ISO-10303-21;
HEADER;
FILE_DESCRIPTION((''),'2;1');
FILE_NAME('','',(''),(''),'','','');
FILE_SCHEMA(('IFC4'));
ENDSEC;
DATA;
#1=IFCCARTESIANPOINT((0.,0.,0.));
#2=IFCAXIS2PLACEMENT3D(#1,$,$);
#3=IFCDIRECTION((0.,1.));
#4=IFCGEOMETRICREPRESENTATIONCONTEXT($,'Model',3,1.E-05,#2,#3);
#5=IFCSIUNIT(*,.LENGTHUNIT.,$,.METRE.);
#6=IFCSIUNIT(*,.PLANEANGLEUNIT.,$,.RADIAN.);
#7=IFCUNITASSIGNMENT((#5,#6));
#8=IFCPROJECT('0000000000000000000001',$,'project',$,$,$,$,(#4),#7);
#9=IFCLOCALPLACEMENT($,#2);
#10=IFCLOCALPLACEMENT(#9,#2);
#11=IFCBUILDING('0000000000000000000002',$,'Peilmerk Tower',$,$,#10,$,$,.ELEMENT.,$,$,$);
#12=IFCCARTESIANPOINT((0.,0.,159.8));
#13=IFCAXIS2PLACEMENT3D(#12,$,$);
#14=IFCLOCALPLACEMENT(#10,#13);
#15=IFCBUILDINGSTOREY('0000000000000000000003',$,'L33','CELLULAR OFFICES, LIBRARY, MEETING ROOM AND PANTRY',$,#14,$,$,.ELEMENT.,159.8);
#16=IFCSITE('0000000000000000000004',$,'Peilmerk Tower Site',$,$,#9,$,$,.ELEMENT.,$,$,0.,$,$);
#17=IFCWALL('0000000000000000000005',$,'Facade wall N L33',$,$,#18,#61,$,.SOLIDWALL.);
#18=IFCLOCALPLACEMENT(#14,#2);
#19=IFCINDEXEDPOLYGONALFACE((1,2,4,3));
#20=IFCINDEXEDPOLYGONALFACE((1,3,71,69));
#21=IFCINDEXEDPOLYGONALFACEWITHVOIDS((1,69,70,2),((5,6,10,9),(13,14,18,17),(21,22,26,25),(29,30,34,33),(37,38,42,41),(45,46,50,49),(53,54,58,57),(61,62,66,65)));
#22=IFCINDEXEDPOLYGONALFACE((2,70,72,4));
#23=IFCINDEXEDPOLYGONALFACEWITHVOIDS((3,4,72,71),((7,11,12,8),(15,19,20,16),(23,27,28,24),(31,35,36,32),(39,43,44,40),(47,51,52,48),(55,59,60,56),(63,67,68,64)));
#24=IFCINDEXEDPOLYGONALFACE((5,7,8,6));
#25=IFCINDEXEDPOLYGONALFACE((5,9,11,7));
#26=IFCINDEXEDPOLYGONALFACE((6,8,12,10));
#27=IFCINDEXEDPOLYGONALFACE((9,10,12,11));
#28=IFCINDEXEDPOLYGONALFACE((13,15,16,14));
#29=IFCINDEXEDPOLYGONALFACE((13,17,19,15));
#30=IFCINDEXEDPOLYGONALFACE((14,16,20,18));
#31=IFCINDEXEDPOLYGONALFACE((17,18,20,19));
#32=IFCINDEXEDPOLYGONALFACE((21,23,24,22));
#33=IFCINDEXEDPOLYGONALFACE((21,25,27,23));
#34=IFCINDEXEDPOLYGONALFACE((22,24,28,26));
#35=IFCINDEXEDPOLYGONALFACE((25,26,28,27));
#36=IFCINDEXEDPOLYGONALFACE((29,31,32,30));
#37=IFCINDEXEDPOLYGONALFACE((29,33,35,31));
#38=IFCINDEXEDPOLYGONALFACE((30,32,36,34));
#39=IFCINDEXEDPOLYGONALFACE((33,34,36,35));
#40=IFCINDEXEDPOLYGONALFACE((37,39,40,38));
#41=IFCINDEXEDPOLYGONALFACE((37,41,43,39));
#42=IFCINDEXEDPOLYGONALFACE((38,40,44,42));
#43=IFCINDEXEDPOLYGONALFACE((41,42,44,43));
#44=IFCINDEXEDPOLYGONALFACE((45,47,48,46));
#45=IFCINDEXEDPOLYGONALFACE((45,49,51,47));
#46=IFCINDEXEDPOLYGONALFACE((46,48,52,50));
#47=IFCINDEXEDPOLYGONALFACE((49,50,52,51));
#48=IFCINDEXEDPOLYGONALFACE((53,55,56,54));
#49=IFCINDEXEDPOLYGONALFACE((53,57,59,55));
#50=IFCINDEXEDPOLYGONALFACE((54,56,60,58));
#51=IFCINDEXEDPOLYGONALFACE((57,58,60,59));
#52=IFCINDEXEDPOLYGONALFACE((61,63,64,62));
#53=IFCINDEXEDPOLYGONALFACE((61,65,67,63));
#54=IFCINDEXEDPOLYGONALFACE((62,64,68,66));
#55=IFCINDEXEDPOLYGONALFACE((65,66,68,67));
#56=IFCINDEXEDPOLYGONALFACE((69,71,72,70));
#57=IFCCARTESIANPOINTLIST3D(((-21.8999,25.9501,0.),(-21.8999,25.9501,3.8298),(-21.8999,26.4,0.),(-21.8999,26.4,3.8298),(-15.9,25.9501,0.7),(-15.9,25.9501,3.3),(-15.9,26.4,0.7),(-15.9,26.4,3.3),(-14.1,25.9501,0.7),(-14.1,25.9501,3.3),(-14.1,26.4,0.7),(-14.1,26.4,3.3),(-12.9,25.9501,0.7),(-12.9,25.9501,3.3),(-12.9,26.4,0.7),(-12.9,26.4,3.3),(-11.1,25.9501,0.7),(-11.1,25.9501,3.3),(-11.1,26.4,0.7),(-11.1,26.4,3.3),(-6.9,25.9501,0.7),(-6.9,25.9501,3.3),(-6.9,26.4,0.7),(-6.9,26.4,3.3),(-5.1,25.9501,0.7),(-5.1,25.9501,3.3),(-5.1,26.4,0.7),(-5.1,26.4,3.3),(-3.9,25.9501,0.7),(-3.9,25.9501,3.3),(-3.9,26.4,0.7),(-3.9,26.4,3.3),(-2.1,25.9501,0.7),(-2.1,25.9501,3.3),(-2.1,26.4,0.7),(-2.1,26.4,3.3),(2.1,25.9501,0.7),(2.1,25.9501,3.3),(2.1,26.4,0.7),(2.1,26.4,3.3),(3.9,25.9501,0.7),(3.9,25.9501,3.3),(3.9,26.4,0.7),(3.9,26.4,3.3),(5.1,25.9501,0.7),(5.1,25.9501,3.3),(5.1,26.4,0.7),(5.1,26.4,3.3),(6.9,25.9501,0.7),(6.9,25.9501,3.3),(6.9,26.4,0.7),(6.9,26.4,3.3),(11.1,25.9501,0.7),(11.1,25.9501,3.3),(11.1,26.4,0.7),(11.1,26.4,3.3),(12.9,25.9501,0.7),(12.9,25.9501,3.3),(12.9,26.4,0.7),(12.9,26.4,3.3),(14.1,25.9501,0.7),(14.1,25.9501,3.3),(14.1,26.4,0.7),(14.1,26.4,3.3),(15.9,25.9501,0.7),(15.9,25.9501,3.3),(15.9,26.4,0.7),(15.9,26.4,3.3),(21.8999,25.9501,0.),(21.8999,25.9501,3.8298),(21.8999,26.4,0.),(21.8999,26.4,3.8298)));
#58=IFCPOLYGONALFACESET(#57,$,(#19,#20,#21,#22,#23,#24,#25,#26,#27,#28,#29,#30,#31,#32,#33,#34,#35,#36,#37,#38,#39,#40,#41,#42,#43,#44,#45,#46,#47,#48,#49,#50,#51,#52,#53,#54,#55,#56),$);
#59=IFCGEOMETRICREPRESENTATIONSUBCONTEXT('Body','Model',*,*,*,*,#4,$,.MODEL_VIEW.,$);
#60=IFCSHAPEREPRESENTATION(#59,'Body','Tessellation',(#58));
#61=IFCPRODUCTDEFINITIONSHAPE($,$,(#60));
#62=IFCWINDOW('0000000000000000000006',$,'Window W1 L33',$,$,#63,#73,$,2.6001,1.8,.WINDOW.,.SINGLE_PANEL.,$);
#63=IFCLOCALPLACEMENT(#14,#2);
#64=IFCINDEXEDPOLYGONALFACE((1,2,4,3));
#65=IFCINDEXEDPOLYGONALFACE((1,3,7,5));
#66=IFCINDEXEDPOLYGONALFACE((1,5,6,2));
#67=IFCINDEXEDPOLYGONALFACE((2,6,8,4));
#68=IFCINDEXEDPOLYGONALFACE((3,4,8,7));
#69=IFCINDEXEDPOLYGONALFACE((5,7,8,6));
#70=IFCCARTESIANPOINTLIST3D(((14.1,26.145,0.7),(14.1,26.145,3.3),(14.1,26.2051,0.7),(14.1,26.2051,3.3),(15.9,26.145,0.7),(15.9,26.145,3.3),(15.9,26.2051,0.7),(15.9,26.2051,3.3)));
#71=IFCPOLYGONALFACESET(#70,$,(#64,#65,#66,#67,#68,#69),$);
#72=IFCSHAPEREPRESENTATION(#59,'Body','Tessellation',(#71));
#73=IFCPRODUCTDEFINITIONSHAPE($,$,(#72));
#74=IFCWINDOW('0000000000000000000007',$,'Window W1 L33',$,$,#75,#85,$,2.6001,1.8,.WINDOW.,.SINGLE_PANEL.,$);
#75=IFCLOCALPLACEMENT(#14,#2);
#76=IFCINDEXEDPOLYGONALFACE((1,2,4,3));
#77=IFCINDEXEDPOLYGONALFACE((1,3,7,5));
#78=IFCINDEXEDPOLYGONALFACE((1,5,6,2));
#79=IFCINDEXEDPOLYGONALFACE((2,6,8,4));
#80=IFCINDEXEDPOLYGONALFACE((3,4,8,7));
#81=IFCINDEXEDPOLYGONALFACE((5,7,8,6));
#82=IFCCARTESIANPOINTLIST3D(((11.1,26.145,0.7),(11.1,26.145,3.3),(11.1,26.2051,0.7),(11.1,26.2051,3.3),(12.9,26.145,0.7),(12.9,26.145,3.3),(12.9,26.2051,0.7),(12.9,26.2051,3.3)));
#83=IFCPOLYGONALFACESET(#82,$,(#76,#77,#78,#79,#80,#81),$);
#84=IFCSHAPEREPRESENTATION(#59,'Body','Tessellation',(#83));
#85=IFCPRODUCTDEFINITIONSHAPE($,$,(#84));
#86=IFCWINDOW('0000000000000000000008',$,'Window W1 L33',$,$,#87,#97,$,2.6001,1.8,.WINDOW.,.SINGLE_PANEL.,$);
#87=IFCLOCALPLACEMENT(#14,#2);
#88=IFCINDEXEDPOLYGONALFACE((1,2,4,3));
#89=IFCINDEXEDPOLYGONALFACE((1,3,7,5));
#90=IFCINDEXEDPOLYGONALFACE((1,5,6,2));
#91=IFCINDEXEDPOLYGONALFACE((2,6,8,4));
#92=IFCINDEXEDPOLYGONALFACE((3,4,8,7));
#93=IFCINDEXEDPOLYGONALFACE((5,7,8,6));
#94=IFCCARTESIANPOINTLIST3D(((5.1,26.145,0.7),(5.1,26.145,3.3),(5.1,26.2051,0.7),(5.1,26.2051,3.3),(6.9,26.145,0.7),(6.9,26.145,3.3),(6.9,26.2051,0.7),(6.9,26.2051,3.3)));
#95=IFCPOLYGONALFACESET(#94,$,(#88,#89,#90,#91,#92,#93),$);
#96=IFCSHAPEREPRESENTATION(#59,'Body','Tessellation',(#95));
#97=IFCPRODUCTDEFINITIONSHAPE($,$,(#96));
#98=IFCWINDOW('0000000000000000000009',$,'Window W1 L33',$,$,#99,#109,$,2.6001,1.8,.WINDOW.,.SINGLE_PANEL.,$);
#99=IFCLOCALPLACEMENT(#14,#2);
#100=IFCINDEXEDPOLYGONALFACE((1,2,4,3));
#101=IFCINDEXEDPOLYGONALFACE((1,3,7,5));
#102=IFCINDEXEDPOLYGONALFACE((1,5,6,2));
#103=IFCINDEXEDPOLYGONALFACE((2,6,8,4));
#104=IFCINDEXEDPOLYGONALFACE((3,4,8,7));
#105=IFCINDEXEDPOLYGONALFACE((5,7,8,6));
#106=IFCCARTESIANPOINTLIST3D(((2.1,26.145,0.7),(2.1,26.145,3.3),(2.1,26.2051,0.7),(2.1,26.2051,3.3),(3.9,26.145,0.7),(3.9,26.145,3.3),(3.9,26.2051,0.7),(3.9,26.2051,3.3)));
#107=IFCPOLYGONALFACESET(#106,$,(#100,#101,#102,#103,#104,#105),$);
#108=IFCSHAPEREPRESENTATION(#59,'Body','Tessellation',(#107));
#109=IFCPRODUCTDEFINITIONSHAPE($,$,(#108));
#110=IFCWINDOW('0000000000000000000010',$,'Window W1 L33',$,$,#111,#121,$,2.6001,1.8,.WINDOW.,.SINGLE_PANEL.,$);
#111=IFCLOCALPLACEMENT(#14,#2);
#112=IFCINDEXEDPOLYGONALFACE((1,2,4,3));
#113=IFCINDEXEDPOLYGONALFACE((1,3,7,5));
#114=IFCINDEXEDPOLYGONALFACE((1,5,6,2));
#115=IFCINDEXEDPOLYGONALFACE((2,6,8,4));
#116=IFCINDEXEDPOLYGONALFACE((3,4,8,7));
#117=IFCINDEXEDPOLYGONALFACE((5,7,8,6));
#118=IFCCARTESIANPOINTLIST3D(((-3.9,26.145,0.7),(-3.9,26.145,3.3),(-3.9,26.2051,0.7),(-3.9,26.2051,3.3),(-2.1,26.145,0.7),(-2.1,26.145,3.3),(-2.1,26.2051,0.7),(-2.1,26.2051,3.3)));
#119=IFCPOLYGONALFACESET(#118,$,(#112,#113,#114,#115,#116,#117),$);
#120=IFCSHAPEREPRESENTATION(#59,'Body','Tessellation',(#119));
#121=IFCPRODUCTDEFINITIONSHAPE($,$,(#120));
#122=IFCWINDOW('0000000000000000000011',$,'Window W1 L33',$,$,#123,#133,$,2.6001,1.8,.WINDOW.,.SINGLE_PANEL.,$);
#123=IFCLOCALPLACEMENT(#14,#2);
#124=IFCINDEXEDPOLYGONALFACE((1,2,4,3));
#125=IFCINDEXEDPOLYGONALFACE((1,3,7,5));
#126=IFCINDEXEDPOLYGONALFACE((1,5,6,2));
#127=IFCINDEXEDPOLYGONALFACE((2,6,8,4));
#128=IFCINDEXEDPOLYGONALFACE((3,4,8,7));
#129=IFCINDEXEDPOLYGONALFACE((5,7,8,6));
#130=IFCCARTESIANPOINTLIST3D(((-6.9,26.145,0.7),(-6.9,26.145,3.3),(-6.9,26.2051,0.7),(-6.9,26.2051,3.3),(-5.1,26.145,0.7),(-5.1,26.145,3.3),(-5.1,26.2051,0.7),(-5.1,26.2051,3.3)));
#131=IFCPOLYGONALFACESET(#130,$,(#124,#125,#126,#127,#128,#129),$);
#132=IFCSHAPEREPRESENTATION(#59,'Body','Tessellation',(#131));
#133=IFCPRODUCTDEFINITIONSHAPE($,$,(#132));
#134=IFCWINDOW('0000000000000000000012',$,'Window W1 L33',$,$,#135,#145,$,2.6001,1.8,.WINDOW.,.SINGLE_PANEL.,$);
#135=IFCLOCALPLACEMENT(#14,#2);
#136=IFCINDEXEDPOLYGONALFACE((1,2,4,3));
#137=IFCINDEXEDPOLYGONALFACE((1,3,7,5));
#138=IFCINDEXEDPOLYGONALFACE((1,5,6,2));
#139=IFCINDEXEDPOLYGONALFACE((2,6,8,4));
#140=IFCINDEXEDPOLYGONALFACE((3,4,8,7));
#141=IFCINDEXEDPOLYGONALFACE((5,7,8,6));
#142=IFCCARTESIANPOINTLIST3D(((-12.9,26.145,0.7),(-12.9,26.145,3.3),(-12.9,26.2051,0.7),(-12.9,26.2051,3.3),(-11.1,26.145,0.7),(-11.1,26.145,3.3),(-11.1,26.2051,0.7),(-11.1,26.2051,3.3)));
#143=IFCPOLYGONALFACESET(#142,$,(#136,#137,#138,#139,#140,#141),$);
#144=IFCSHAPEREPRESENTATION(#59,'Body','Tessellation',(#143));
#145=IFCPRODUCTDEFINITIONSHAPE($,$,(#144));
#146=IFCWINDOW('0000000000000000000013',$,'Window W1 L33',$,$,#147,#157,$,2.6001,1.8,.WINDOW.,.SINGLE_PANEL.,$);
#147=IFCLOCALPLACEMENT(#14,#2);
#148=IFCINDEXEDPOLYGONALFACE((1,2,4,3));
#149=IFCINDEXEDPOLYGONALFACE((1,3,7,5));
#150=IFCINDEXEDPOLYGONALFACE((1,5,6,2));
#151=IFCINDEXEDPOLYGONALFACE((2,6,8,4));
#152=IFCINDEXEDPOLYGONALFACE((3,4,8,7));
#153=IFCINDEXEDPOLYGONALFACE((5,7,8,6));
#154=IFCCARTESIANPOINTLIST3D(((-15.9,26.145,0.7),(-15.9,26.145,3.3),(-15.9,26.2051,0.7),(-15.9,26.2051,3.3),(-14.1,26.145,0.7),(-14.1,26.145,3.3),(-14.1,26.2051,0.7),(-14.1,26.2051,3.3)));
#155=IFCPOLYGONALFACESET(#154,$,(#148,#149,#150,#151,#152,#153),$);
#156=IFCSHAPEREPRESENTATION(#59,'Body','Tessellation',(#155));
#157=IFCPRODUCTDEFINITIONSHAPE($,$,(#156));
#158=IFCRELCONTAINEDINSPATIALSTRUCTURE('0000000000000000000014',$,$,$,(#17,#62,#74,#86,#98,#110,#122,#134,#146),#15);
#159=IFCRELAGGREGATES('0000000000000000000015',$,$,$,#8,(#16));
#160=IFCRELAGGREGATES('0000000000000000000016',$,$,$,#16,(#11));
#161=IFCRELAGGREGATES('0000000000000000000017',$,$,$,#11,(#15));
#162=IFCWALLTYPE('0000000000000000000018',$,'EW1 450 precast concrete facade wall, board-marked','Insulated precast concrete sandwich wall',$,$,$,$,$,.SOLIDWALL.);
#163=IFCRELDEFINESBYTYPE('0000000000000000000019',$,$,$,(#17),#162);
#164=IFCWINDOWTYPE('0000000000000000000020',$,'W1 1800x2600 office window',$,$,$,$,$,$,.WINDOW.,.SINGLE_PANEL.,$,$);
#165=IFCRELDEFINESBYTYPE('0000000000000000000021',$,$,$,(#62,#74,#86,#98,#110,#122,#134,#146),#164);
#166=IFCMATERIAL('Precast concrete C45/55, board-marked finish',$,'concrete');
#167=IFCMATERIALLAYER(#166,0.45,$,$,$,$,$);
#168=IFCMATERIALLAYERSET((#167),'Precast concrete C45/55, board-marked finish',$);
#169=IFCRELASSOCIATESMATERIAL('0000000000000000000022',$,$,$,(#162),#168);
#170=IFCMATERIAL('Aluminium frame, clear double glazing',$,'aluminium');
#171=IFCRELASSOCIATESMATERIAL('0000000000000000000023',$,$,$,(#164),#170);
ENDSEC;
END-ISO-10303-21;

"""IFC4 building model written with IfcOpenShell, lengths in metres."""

from ifc_helpers import new_model, si_unit, direction, frame, frame_2d, origin, place, context, subcontext, project, spatial, rectangle, extrude, material, layer, layer_set, type_object, element, fill, save


model = new_model("IFC4")

# Units and contexts
model_context = context("Model", 3, precision=1e-05, world=origin(), true_north=direction((0.0, 1.0)))
body_context = subcontext(model_context, "Body", "Model", "MODEL_VIEW")
ifc_project = project(units=[si_unit("LENGTHUNIT", "METRE"), si_unit("PLANEANGLEUNIT", "RADIAN")], contexts=[model_context])

# Site, building, storey
site_placement = place(None, origin())
site = spatial("IfcSite", under=ifc_project, at=site_placement, Name="Peilmerk Tower Site", CompositionType="ELEMENT", RefElevation=0.0)
building_placement = place(site_placement, origin())
building = spatial("IfcBuilding", under=site, at=building_placement, Name="Peilmerk Tower", CompositionType="ELEMENT")
storey_placement = place(building_placement, frame((0.0, 0.0, 159.8)))
storey = spatial("IfcBuildingStorey", under=building, at=storey_placement, Name="L33", Description="CELLULAR OFFICES, LIBRARY, MEETING ROOM AND PANTRY", CompositionType="ELEMENT", Elevation=159.8)

# Wall, openings, windows
ifc_material_1 = material(Name="Precast concrete C45/55, board-marked finish", Category="concrete")
ifc_layer_1 = layer(ifc_material_1, 0.45)
ifc_layer_set_1 = layer_set([ifc_layer_1], Name="Precast concrete C45/55, board-marked finish")
wall_type = type_object("IfcWallType", Name="EW1 450 precast concrete facade wall, board-marked", Description="Insulated precast concrete sandwich wall", PredefinedType="SOLIDWALL", material=ifc_layer_set_1)
wall_placement = place(storey_placement, frame((21.8999, 26.175, 0.0), z_axis=(0.0, 0.0, 1.0), x_axis=(-1.0, 0.0, 0.0)))
wall = element("IfcWall", 1, at=wall_placement, inside=storey, type_object=wall_type, Name="Facade wall N L33", PredefinedType="SOLIDWALL", context=body_context, shape_type="SweptSolid", body=[
    extrude(rectangle(XDim=43.7998, YDim=0.45, at=frame_2d((21.8999, 0.0))), origin(), (0.0, 0.0, 1.0), 3.8298),
])
opening_1_placement = place(wall_placement, frame((6.0, 0.0, 0.7)))
opening_1 = element("IfcOpeningElement", 2, at=opening_1_placement, cuts=wall, PredefinedType="OPENING", context=body_context, shape_type="SweptSolid", body=[
    extrude(rectangle(XDim=1.8, YDim=2.6001, at=frame_2d((0.8999, 1.3))), frame((0.0, 0.2349, 0.0), z_axis=(0.0, -1.0, 0.0), x_axis=(1.0, 0.0, 0.0)), (0.0, 0.0, 1.0), 0.47),
])
opening_2_placement = place(wall_placement, frame((9.0, 0.0, 0.7)))
opening_2 = element("IfcOpeningElement", 3, at=opening_2_placement, cuts=wall, PredefinedType="OPENING", context=body_context, shape_type="SweptSolid", body=[
    extrude(rectangle(XDim=1.8, YDim=2.6001, at=frame_2d((0.8999, 1.3))), frame((0.0, 0.2349, 0.0), z_axis=(0.0, -1.0, 0.0), x_axis=(1.0, 0.0, 0.0)), (0.0, 0.0, 1.0), 0.47),
])
opening_3_placement = place(wall_placement, frame((15.0, 0.0, 0.7)))
opening_3 = element("IfcOpeningElement", 4, at=opening_3_placement, cuts=wall, PredefinedType="OPENING", context=body_context, shape_type="SweptSolid", body=[
    extrude(rectangle(XDim=1.8, YDim=2.6001, at=frame_2d((0.8999, 1.3))), frame((0.0, 0.2349, 0.0), z_axis=(0.0, -1.0, 0.0), x_axis=(1.0, 0.0, 0.0)), (0.0, 0.0, 1.0), 0.47),
])
opening_4_placement = place(wall_placement, frame((18.0, 0.0, 0.7)))
opening_4 = element("IfcOpeningElement", 5, at=opening_4_placement, cuts=wall, PredefinedType="OPENING", context=body_context, shape_type="SweptSolid", body=[
    extrude(rectangle(XDim=1.8, YDim=2.6001, at=frame_2d((0.8999, 1.3))), frame((0.0, 0.2349, 0.0), z_axis=(0.0, -1.0, 0.0), x_axis=(1.0, 0.0, 0.0)), (0.0, 0.0, 1.0), 0.47),
])
opening_5_placement = place(wall_placement, frame((24.0, 0.0, 0.7)))
opening_5 = element("IfcOpeningElement", 6, at=opening_5_placement, cuts=wall, PredefinedType="OPENING", context=body_context, shape_type="SweptSolid", body=[
    extrude(rectangle(XDim=1.8, YDim=2.6001, at=frame_2d((0.8999, 1.3))), frame((0.0, 0.2349, 0.0), z_axis=(0.0, -1.0, 0.0), x_axis=(1.0, 0.0, 0.0)), (0.0, 0.0, 1.0), 0.47),
])
opening_6_placement = place(wall_placement, frame((27.0, 0.0, 0.7)))
opening_6 = element("IfcOpeningElement", 7, at=opening_6_placement, cuts=wall, PredefinedType="OPENING", context=body_context, shape_type="SweptSolid", body=[
    extrude(rectangle(XDim=1.8, YDim=2.6001, at=frame_2d((0.8999, 1.3))), frame((0.0, 0.2349, 0.0), z_axis=(0.0, -1.0, 0.0), x_axis=(1.0, 0.0, 0.0)), (0.0, 0.0, 1.0), 0.47),
])
opening_7_placement = place(wall_placement, frame((33.0, 0.0, 0.7)))
opening_7 = element("IfcOpeningElement", 8, at=opening_7_placement, cuts=wall, PredefinedType="OPENING", context=body_context, shape_type="SweptSolid", body=[
    extrude(rectangle(XDim=1.8, YDim=2.6001, at=frame_2d((0.8999, 1.3))), frame((0.0, 0.2349, 0.0), z_axis=(0.0, -1.0, 0.0), x_axis=(1.0, 0.0, 0.0)), (0.0, 0.0, 1.0), 0.47),
])
opening_8_placement = place(wall_placement, frame((36.0, 0.0, 0.7)))
opening_8 = element("IfcOpeningElement", 9, at=opening_8_placement, cuts=wall, PredefinedType="OPENING", context=body_context, shape_type="SweptSolid", body=[
    extrude(rectangle(XDim=1.8, YDim=2.6001, at=frame_2d((0.8999, 1.3))), frame((0.0, 0.2349, 0.0), z_axis=(0.0, -1.0, 0.0), x_axis=(1.0, 0.0, 0.0)), (0.0, 0.0, 1.0), 0.47),
])
ifc_material_2 = material(Name="Aluminium frame, clear double glazing", Category="aluminium")
window_type = type_object("IfcWindowType", Name="W1 1800x2600 office window", PartitioningType="SINGLE_PANEL", PredefinedType="WINDOW", material=ifc_material_2)
window_1_placement = place(opening_1_placement, origin())
window_1 = element("IfcWindow", 10, at=window_1_placement, inside=storey, type_object=window_type, Name="Window W1 L33", OverallHeight=2.6001, OverallWidth=1.8, PartitioningType="SINGLE_PANEL", PredefinedType="WINDOW", context=body_context, shape_type="SweptSolid", body=[
    extrude(rectangle(XDim=1.8, YDim=2.6001, at=frame_2d((0.8999, 1.3))), frame((0.0, 0.03, 0.0), z_axis=(0.0, -1.0, 0.0), x_axis=(1.0, 0.0, 0.0)), (0.0, 0.0, 1.0), 0.0601),
])
fill(opening_1, window_1)
window_2_placement = place(opening_2_placement, origin())
window_2 = element("IfcWindow", 11, at=window_2_placement, inside=storey, type_object=window_type, Name="Window W1 L33", OverallHeight=2.6001, OverallWidth=1.8, PartitioningType="SINGLE_PANEL", PredefinedType="WINDOW", context=body_context, shape_type="SweptSolid", body=[
    extrude(rectangle(XDim=1.8, YDim=2.6001, at=frame_2d((0.8999, 1.3))), frame((0.0, 0.03, 0.0), z_axis=(0.0, -1.0, 0.0), x_axis=(1.0, 0.0, 0.0)), (0.0, 0.0, 1.0), 0.0601),
])
fill(opening_2, window_2)
window_3_placement = place(opening_3_placement, origin())
window_3 = element("IfcWindow", 12, at=window_3_placement, inside=storey, type_object=window_type, Name="Window W1 L33", OverallHeight=2.6001, OverallWidth=1.8, PartitioningType="SINGLE_PANEL", PredefinedType="WINDOW", context=body_context, shape_type="SweptSolid", body=[
    extrude(rectangle(XDim=1.8, YDim=2.6001, at=frame_2d((0.8999, 1.3))), frame((0.0, 0.03, 0.0), z_axis=(0.0, -1.0, 0.0), x_axis=(1.0, 0.0, 0.0)), (0.0, 0.0, 1.0), 0.0601),
])
fill(opening_3, window_3)
window_4_placement = place(opening_4_placement, origin())
window_4 = element("IfcWindow", 13, at=window_4_placement, inside=storey, type_object=window_type, Name="Window W1 L33", OverallHeight=2.6001, OverallWidth=1.8, PartitioningType="SINGLE_PANEL", PredefinedType="WINDOW", context=body_context, shape_type="SweptSolid", body=[
    extrude(rectangle(XDim=1.8, YDim=2.6001, at=frame_2d((0.8999, 1.3))), frame((0.0, 0.03, 0.0), z_axis=(0.0, -1.0, 0.0), x_axis=(1.0, 0.0, 0.0)), (0.0, 0.0, 1.0), 0.0601),
])
fill(opening_4, window_4)
window_5_placement = place(opening_5_placement, origin())
window_5 = element("IfcWindow", 14, at=window_5_placement, inside=storey, type_object=window_type, Name="Window W1 L33", OverallHeight=2.6001, OverallWidth=1.8, PartitioningType="SINGLE_PANEL", PredefinedType="WINDOW", context=body_context, shape_type="SweptSolid", body=[
    extrude(rectangle(XDim=1.8, YDim=2.6001, at=frame_2d((0.8999, 1.3))), frame((0.0, 0.03, 0.0), z_axis=(0.0, -1.0, 0.0), x_axis=(1.0, 0.0, 0.0)), (0.0, 0.0, 1.0), 0.0601),
])
fill(opening_5, window_5)
window_6_placement = place(opening_6_placement, origin())
window_6 = element("IfcWindow", 15, at=window_6_placement, inside=storey, type_object=window_type, Name="Window W1 L33", OverallHeight=2.6001, OverallWidth=1.8, PartitioningType="SINGLE_PANEL", PredefinedType="WINDOW", context=body_context, shape_type="SweptSolid", body=[
    extrude(rectangle(XDim=1.8, YDim=2.6001, at=frame_2d((0.8999, 1.3))), frame((0.0, 0.03, 0.0), z_axis=(0.0, -1.0, 0.0), x_axis=(1.0, 0.0, 0.0)), (0.0, 0.0, 1.0), 0.0601),
])
fill(opening_6, window_6)
window_7_placement = place(opening_7_placement, origin())
window_7 = element("IfcWindow", 16, at=window_7_placement, inside=storey, type_object=window_type, Name="Window W1 L33", OverallHeight=2.6001, OverallWidth=1.8, PartitioningType="SINGLE_PANEL", PredefinedType="WINDOW", context=body_context, shape_type="SweptSolid", body=[
    extrude(rectangle(XDim=1.8, YDim=2.6001, at=frame_2d((0.8999, 1.3))), frame((0.0, 0.03, 0.0), z_axis=(0.0, -1.0, 0.0), x_axis=(1.0, 0.0, 0.0)), (0.0, 0.0, 1.0), 0.0601),
])
fill(opening_7, window_7)
window_8_placement = place(opening_8_placement, origin())
window_8 = element("IfcWindow", 17, at=window_8_placement, inside=storey, type_object=window_type, Name="Window W1 L33", OverallHeight=2.6001, OverallWidth=1.8, PartitioningType="SINGLE_PANEL", PredefinedType="WINDOW", context=body_context, shape_type="SweptSolid", body=[
    extrude(rectangle(XDim=1.8, YDim=2.6001, at=frame_2d((0.8999, 1.3))), frame((0.0, 0.03, 0.0), z_axis=(0.0, -1.0, 0.0), x_axis=(1.0, 0.0, 0.0)), (0.0, 0.0, 1.0), 0.0601),
])
fill(opening_8, window_8)

save(model, "model.ifc")
